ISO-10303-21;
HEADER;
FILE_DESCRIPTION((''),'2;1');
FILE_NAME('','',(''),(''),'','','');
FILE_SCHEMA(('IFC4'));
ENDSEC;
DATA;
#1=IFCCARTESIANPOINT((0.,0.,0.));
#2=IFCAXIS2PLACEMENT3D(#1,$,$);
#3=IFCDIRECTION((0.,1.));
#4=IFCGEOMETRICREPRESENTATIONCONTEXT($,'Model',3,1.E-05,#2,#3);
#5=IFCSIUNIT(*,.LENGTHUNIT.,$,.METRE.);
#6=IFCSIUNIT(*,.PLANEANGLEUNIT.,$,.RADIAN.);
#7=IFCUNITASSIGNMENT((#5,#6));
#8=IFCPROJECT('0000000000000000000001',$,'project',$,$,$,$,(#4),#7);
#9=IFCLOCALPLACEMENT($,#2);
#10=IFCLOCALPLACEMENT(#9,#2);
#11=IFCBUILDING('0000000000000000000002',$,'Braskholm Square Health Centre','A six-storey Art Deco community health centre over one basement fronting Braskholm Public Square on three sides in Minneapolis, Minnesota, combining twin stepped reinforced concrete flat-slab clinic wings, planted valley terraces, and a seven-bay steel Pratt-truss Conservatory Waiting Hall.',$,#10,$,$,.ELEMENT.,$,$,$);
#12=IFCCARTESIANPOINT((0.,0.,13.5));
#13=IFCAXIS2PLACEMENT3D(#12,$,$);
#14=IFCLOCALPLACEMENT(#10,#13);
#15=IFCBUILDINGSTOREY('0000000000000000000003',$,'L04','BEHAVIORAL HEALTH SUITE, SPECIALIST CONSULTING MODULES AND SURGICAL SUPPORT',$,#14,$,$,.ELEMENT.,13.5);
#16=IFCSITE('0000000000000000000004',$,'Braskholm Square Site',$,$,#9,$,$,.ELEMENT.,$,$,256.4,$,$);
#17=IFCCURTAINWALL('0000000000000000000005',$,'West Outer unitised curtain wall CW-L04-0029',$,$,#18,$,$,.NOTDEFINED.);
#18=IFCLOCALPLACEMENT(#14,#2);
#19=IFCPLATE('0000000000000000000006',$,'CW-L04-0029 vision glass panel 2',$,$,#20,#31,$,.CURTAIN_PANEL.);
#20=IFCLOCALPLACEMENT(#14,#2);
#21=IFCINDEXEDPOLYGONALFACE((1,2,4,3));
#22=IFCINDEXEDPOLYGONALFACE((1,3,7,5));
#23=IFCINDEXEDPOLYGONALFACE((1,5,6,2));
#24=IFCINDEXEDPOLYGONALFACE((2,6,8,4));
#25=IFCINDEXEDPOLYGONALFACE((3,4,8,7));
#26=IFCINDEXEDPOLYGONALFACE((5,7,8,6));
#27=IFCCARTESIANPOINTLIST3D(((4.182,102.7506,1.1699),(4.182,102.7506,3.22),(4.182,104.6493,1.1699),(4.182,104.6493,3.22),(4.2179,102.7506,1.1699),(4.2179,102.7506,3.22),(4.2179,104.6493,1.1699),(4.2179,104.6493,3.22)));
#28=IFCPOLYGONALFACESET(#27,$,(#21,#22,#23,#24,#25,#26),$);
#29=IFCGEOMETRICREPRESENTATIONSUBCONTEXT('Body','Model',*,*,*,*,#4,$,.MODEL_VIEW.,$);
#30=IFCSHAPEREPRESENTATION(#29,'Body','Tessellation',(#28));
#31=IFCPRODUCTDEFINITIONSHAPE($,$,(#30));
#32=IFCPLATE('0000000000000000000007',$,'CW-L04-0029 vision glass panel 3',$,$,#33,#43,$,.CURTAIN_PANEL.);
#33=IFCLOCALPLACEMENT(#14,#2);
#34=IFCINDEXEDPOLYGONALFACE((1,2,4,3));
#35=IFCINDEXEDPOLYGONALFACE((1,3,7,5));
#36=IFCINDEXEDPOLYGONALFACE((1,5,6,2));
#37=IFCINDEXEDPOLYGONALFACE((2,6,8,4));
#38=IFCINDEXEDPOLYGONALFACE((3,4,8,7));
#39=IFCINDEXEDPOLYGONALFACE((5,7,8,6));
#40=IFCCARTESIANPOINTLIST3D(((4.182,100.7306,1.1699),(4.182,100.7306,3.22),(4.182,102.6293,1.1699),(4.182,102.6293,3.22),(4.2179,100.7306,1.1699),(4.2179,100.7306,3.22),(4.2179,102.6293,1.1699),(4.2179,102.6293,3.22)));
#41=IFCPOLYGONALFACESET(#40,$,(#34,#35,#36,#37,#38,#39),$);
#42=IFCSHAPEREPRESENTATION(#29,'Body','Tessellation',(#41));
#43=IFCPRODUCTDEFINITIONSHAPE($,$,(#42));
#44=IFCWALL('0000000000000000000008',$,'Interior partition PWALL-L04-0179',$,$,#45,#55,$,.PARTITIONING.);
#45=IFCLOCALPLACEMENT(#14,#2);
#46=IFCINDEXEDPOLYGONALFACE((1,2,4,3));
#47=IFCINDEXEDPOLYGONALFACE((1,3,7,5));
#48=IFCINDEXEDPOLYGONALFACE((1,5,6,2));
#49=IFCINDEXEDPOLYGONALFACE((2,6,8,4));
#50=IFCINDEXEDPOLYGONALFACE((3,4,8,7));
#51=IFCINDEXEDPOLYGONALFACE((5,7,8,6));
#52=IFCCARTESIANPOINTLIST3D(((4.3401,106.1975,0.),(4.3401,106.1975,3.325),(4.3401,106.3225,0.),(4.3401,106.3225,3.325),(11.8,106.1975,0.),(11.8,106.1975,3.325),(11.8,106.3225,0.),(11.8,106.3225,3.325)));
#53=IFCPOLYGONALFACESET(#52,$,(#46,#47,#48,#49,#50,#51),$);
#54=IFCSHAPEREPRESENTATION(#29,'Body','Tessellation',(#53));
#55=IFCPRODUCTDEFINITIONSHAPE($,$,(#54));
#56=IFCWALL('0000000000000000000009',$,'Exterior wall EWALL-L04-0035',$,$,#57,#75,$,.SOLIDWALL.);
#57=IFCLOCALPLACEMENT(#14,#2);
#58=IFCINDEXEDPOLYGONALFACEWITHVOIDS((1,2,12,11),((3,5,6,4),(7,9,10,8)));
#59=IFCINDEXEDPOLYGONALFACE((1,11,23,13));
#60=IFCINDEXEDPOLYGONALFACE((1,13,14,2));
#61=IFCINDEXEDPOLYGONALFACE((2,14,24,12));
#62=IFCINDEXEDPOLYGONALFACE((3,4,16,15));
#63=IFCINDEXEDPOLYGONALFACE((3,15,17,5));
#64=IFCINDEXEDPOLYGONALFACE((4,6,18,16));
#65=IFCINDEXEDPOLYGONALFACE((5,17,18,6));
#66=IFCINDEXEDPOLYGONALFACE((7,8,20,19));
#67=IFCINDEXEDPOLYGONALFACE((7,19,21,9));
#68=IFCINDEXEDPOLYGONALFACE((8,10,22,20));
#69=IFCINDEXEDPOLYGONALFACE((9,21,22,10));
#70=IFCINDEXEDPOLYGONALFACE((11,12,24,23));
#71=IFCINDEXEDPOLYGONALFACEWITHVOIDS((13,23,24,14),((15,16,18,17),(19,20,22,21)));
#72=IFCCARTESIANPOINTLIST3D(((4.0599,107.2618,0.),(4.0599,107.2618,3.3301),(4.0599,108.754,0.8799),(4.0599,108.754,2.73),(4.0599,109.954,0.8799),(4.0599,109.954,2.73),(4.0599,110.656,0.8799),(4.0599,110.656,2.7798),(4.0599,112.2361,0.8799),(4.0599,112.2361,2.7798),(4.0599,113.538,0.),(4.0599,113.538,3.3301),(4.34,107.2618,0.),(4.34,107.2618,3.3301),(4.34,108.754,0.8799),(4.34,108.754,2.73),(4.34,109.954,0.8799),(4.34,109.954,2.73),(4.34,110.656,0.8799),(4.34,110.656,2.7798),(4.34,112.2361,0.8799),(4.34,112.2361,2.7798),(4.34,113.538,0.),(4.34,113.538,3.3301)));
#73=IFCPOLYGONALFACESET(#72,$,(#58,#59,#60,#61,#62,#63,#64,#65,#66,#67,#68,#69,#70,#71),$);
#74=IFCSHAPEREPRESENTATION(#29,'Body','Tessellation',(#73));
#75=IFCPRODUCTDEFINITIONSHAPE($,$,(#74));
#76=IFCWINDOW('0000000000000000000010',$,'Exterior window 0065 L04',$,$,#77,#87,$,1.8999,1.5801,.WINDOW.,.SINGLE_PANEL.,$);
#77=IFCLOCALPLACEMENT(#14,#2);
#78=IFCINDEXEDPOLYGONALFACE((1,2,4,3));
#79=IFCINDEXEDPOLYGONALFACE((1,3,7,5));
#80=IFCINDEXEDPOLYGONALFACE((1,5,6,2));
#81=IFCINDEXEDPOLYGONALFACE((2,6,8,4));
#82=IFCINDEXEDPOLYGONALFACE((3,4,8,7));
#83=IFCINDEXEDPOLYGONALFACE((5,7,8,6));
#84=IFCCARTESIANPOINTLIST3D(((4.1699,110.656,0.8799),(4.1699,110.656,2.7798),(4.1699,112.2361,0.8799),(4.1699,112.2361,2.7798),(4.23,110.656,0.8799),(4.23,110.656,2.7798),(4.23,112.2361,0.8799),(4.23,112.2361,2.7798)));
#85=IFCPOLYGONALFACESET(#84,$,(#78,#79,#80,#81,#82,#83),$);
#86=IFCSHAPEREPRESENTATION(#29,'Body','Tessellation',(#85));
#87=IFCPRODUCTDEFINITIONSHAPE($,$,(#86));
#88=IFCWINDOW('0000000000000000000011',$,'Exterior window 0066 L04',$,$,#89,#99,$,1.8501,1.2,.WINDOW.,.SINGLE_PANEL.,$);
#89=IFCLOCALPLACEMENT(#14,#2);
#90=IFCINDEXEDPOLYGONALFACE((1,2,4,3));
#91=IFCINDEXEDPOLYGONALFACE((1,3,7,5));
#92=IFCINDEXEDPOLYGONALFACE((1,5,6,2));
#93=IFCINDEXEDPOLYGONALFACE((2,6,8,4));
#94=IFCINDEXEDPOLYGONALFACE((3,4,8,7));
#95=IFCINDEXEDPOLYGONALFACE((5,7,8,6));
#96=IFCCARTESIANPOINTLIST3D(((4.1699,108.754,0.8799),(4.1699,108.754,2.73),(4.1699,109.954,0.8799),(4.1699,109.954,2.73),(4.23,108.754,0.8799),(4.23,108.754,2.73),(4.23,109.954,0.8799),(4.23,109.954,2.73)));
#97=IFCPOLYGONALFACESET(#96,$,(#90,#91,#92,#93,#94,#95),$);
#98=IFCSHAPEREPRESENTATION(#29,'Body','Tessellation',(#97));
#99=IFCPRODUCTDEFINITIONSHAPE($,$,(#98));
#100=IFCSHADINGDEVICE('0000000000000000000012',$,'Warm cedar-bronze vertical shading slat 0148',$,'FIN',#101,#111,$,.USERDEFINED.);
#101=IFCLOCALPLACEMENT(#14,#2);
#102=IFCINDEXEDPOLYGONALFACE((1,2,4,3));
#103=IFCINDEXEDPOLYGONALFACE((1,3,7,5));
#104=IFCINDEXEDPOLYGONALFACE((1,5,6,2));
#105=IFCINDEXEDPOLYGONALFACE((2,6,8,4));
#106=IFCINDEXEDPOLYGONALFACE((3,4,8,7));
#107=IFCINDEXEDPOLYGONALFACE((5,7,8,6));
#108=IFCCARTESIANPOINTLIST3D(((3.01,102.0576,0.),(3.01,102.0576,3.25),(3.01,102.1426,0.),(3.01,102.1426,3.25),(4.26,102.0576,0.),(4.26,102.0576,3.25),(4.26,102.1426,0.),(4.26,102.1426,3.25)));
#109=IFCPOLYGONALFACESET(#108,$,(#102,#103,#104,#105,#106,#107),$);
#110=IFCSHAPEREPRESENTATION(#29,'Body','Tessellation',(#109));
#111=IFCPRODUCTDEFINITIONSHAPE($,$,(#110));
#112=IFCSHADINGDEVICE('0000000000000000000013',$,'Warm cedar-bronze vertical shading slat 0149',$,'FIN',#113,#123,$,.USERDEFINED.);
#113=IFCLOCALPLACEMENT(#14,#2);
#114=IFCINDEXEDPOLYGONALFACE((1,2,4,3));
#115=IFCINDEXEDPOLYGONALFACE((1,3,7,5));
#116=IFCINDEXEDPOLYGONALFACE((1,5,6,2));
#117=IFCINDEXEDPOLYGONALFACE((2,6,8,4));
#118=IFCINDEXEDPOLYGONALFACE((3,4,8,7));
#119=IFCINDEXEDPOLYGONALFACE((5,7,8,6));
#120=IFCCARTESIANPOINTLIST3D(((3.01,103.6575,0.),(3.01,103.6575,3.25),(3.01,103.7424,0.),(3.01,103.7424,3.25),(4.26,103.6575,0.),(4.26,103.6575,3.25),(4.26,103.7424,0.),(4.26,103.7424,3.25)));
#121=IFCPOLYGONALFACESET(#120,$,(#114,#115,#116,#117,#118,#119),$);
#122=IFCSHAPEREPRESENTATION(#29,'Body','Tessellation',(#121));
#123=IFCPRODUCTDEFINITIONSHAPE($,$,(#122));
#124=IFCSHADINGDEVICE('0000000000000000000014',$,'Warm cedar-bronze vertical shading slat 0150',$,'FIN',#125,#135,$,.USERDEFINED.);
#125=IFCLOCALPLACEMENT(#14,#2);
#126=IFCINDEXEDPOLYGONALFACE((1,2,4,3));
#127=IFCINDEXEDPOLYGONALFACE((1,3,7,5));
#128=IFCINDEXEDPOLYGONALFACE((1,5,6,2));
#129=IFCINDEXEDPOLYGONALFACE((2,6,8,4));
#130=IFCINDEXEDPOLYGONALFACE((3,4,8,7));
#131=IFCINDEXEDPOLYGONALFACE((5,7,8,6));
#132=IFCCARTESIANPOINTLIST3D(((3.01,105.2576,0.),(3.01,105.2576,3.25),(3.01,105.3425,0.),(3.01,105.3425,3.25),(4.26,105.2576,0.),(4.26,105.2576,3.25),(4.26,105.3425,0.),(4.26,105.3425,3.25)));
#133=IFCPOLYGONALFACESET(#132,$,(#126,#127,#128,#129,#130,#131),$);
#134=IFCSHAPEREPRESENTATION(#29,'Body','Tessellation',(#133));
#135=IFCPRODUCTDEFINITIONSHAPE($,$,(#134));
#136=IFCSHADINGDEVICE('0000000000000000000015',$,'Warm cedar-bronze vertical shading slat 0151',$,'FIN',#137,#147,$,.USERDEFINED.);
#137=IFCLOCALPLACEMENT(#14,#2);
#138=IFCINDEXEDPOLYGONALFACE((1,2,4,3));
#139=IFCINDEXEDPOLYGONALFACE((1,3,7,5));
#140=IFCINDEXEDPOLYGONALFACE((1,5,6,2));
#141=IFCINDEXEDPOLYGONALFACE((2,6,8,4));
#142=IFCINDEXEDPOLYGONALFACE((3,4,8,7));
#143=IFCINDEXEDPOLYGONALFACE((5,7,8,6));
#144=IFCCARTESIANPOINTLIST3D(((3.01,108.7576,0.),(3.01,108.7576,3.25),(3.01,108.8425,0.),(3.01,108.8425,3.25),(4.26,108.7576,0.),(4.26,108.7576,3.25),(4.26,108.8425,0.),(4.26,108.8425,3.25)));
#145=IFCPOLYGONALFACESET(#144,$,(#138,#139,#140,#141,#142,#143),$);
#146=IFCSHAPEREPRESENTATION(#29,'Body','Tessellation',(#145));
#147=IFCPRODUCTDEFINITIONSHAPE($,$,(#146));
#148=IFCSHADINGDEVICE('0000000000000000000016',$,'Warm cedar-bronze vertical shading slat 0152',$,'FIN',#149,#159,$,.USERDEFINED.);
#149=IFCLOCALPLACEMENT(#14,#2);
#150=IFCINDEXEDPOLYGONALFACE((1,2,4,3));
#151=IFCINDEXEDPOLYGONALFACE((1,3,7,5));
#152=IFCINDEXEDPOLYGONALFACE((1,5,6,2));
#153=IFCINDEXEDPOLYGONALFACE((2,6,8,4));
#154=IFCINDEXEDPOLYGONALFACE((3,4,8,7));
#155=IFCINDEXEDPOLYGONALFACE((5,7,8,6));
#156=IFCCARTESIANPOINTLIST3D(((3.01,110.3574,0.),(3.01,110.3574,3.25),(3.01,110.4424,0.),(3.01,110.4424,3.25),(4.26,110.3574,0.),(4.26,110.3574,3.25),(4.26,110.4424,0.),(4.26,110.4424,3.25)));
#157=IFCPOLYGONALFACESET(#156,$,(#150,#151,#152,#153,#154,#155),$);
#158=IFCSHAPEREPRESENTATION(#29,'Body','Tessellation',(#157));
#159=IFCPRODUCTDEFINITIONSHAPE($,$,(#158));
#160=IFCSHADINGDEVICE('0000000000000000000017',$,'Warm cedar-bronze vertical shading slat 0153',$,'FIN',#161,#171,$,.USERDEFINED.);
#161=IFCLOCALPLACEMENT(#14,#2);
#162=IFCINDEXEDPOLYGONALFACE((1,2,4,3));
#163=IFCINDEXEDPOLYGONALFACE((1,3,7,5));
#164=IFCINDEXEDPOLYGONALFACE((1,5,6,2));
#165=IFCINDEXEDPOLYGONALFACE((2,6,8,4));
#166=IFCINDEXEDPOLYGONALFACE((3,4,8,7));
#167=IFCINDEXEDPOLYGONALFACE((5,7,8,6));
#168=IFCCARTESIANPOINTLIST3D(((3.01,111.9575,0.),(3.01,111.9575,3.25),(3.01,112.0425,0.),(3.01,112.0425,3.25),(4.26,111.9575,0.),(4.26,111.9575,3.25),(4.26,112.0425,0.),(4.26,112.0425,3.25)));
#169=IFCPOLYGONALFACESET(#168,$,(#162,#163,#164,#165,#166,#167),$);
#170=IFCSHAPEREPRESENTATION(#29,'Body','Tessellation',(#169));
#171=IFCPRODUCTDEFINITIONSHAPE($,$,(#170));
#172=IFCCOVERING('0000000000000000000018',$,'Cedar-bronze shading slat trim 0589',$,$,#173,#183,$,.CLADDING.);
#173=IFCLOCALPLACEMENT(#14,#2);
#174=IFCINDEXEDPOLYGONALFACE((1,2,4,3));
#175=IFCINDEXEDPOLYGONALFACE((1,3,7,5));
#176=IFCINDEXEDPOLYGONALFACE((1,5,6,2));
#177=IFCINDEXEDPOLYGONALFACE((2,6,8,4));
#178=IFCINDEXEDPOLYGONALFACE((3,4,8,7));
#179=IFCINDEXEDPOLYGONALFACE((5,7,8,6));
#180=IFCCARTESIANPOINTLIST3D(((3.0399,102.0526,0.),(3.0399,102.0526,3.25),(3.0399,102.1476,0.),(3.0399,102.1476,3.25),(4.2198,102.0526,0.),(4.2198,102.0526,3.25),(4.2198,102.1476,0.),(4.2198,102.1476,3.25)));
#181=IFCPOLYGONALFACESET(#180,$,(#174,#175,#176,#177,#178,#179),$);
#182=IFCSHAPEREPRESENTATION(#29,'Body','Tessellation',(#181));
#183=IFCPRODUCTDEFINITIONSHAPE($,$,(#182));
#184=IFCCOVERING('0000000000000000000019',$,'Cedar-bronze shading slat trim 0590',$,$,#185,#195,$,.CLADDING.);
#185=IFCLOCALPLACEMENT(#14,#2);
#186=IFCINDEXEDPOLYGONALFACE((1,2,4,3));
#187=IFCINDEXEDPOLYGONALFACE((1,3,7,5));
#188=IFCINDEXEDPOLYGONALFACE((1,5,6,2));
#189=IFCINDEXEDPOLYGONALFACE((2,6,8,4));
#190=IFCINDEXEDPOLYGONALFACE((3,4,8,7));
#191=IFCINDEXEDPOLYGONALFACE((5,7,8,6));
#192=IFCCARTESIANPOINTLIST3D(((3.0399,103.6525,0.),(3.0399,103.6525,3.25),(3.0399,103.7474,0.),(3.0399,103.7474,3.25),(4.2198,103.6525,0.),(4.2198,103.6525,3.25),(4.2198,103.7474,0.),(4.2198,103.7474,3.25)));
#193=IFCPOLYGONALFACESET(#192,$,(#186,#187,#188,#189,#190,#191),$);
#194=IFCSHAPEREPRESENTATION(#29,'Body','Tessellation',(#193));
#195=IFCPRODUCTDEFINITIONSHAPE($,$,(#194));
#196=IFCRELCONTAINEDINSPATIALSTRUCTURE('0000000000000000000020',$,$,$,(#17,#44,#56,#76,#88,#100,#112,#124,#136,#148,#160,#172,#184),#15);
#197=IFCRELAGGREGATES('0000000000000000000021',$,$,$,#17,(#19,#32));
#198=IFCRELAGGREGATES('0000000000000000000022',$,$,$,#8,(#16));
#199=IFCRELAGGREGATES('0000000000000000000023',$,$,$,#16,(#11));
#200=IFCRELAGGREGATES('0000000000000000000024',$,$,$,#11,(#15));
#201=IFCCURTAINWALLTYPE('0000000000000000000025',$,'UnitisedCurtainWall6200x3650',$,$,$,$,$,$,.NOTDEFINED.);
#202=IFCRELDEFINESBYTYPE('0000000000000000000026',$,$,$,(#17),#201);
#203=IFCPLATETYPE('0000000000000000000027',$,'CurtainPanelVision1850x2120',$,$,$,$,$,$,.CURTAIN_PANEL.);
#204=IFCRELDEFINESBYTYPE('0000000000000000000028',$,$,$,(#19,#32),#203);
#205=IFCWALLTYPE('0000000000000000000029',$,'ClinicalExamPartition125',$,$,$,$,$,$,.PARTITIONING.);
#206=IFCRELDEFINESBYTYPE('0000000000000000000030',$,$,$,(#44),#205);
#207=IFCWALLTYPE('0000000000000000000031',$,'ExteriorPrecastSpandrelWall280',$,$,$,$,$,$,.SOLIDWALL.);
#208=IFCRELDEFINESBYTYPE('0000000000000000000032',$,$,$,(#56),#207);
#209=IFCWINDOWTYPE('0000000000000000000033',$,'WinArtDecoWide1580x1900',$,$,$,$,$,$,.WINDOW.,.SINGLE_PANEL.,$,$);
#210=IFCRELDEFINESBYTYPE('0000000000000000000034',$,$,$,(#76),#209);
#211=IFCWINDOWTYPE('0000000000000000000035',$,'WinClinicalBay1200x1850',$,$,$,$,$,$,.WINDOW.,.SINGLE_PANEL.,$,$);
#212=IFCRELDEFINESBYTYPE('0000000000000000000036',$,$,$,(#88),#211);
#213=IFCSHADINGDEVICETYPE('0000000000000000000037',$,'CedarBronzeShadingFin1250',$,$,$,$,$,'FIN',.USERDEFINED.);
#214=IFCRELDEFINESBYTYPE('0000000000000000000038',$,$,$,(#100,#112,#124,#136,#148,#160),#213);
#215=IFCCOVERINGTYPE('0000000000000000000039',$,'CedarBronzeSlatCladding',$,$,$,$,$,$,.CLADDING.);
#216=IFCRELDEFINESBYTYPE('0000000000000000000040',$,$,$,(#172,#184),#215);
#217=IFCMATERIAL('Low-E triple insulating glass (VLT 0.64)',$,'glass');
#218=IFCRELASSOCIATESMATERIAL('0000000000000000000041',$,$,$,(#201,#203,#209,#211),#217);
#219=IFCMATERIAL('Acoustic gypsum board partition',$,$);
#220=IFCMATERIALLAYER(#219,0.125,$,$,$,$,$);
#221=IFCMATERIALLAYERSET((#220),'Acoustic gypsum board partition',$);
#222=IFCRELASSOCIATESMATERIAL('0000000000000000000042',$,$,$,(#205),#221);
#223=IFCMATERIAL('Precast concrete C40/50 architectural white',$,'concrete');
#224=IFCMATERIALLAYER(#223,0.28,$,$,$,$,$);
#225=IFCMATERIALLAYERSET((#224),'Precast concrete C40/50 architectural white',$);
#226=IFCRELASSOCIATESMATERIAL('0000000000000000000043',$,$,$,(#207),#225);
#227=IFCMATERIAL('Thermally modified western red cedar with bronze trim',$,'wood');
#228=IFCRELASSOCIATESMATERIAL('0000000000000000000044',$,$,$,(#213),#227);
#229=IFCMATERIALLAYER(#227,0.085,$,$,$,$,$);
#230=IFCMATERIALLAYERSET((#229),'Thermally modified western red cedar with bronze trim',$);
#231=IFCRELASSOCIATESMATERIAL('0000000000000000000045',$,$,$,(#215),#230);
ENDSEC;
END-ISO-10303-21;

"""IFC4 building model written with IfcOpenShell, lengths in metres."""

from ifc_helpers import new_model, si_unit, direction, frame, frame_2d, origin, origin_with_axes, origin_2d, place, context, subcontext, project, spatial, rectangle, extrude, material, layer, layer_set, type_object, element, fill, aggregate, save


model = new_model("IFC4")

# Units and contexts
model_context = context("Model", 3, precision=1e-05, world=origin(), true_north=direction((0.0, 1.0)))
body_context = subcontext(model_context, "Body", "Model", "MODEL_VIEW")
ifc_project = project(units=[si_unit("LENGTHUNIT", "METRE"), si_unit("PLANEANGLEUNIT", "RADIAN")], contexts=[model_context])

# Site, building, storey
site_placement = place(None, origin())
site = spatial("IfcSite", under=ifc_project, at=site_placement, Name="Braskholm Square Site", CompositionType="ELEMENT", RefElevation=256.4)
building_placement = place(site_placement, origin())
building = spatial("IfcBuilding", under=site, at=building_placement, Name="Braskholm Square Health Centre", Description="A six-storey Art Deco community health centre over one basement fronting Braskholm Public Square on three sides in Minneapolis, Minnesota, combining twin stepped reinforced concrete flat-slab clinic wings, planted valley terraces, and a seven-bay steel Pratt-truss Conservatory Waiting Hall.", CompositionType="ELEMENT")
storey_placement = place(building_placement, frame((0.0, 0.0, 13.5)))
storey = spatial("IfcBuildingStorey", under=building, at=storey_placement, Name="L04", Description="BEHAVIORAL HEALTH SUITE, SPECIALIST CONSULTING MODULES AND SURGICAL SUPPORT", CompositionType="ELEMENT", Elevation=13.5)

# Shared definitions
ifc_material_1 = material(Name="Precast concrete C40/50 architectural white", Category="concrete")

# Curtain wall
ifc_material_2 = material(Name="Low-E triple insulating glass (VLT 0.64)", Category="glass")
curtain_wall_type = type_object("IfcCurtainWallType", Name="UnitisedCurtainWall6200x3650", PredefinedType="NOTDEFINED", material=ifc_material_2)
curtain_wall_placement = place(storey_placement, origin())
curtain_wall = element("IfcCurtainWall", 1, at=curtain_wall_placement, inside=storey, type_object=curtain_wall_type, Name="West Outer unitised curtain wall CW-L04-0029", PredefinedType="NOTDEFINED")

# Plates
plate_type_1 = type_object("IfcPlateType", Name="CurtainPanelVision1850x2120", PredefinedType="CURTAIN_PANEL", material=ifc_material_2)
plate_1_placement = place(storey_placement, frame((4.2, 103.7, 1.1699), z_axis=(0.0, 0.0, 1.0), x_axis=(0.0, -1.0, 0.0)))
plate_1 = element("IfcPlate", 2, at=plate_1_placement, type_object=plate_type_1, Name="CW-L04-0029 vision glass panel 2", PredefinedType="CURTAIN_PANEL", context=body_context, shape_type="SweptSolid", body=[
    extrude(rectangle(XDim=1.8987, YDim=0.0359, at=origin_2d()), origin(), (0.0, 0.0, 1.0), 2.05),
])
plate_2_placement = place(storey_placement, frame((4.2, 101.6799, 1.1699), z_axis=(0.0, 0.0, 1.0), x_axis=(0.0, -1.0, 0.0)))
plate_2 = element("IfcPlate", 3, at=plate_2_placement, type_object=plate_type_1, Name="CW-L04-0029 vision glass panel 3", PredefinedType="CURTAIN_PANEL", context=body_context, shape_type="SweptSolid", body=[
    extrude(rectangle(XDim=1.8987, YDim=0.0359, at=origin_2d()), origin(), (0.0, 0.0, 1.0), 2.05),
])
aggregate(curtain_wall, [plate_1, plate_2])

# Wall
ifc_material_3 = material(Name="Acoustic gypsum board partition")
ifc_layer_1 = layer(ifc_material_3, 0.125)
ifc_layer_set_1 = layer_set([ifc_layer_1], Name="Acoustic gypsum board partition")
wall_type_1 = type_object("IfcWallType", Name="ClinicalExamPartition125", PredefinedType="PARTITIONING", material=ifc_layer_set_1)
wall_1_placement = place(storey_placement, frame((4.3401, 106.26, 0.0), z_axis=(0.0, 0.0, 1.0), x_axis=(1.0, 0.0, 0.0)))
element("IfcWall", 4, at=wall_1_placement, inside=storey, type_object=wall_type_1, Name="Interior partition PWALL-L04-0179", PredefinedType="PARTITIONING", context=body_context, shape_type="SweptSolid", body=[
    extrude(rectangle(XDim=7.46, YDim=0.125, at=frame_2d((3.73, 0.0))), origin(), (0.0, 0.0, 1.0), 3.325),
])

# Wall, openings, windows
ifc_layer_2 = layer(ifc_material_1, 0.28)
ifc_layer_set_2 = layer_set([ifc_layer_2], Name="Precast concrete C40/50 architectural white")
wall_type_2 = type_object("IfcWallType", Name="ExteriorPrecastSpandrelWall280", PredefinedType="SOLIDWALL", material=ifc_layer_set_2)
wall_2_placement = place(storey_placement, frame((4.2, 113.5381, 0.0), z_axis=(0.0, 0.0, 1.0), x_axis=(0.0, -1.0, 0.0)))
wall_2 = element("IfcWall", 5, at=wall_2_placement, inside=storey, type_object=wall_type_2, Name="Exterior wall EWALL-L04-0035", PredefinedType="SOLIDWALL", context=body_context, shape_type="SweptSolid", body=[
    extrude(rectangle(XDim=6.2761, YDim=0.28, at=frame_2d((3.1382, 0.0))), origin(), (0.0, 0.0, 1.0), 3.3301),
])
opening_1_placement = place(wall_2_placement, frame((1.302, 0.0, 0.8799)))
opening_1 = element("IfcOpeningElement", 6, at=opening_1_placement, cuts=wall_2, PredefinedType="OPENING", context=body_context, shape_type="SweptSolid", body=[
    extrude(rectangle(XDim=1.5801, YDim=1.8999, at=frame_2d((0.79, 0.95))), frame((0.0, 0.1499, 0.0), z_axis=(0.0, -1.0, 0.0), x_axis=(1.0, 0.0, 0.0)), (0.0, 0.0, 1.0), 0.3),
])
opening_2_placement = place(wall_2_placement, frame((3.584, 0.0, 0.8799)))
opening_2 = element("IfcOpeningElement", 7, at=opening_2_placement, cuts=wall_2, PredefinedType="OPENING", context=body_context, shape_type="SweptSolid", body=[
    extrude(rectangle(XDim=1.2, YDim=1.8501, at=frame_2d((0.6001, 0.925))), frame((0.0, 0.1499, 0.0), z_axis=(0.0, -1.0, 0.0), x_axis=(1.0, 0.0, 0.0)), (0.0, 0.0, 1.0), 0.3),
])
window_type_1 = type_object("IfcWindowType", Name="WinArtDecoWide1580x1900", PartitioningType="SINGLE_PANEL", PredefinedType="WINDOW", material=ifc_material_2)
window_1_placement = place(opening_1_placement, origin_with_axes())
window_1 = element("IfcWindow", 8, at=window_1_placement, inside=storey, type_object=window_type_1, Name="Exterior window 0065 L04", OverallHeight=1.8999, OverallWidth=1.5801, PartitioningType="SINGLE_PANEL", PredefinedType="WINDOW", context=body_context, shape_type="SweptSolid", body=[
    extrude(rectangle(XDim=1.5801, YDim=1.8999, at=frame_2d((0.79, 0.95))), frame((0.0, 0.03, 0.0), z_axis=(0.0, -1.0, 0.0), x_axis=(1.0, 0.0, 0.0)), (0.0, 0.0, 1.0), 0.0601),
])
fill(opening_1, window_1)
window_type_2 = type_object("IfcWindowType", Name="WinClinicalBay1200x1850", PartitioningType="SINGLE_PANEL", PredefinedType="WINDOW", material=ifc_material_2)
window_2_placement = place(opening_2_placement, origin_with_axes())
window_2 = element("IfcWindow", 9, at=window_2_placement, inside=storey, type_object=window_type_2, Name="Exterior window 0066 L04", OverallHeight=1.8501, OverallWidth=1.2, PartitioningType="SINGLE_PANEL", PredefinedType="WINDOW", context=body_context, shape_type="SweptSolid", body=[
    extrude(rectangle(XDim=1.2, YDim=1.8501, at=frame_2d((0.6001, 0.925))), frame((0.0, 0.03, 0.0), z_axis=(0.0, -1.0, 0.0), x_axis=(1.0, 0.0, 0.0)), (0.0, 0.0, 1.0), 0.0601),
])
fill(opening_2, window_2)

# Shading devices
ifc_material_4 = material(Name="Thermally modified western red cedar with bronze trim", Category="wood")
shading_device_type = type_object("IfcShadingDeviceType", Name="CedarBronzeShadingFin1250", ElementType="FIN", PredefinedType="USERDEFINED", material=ifc_material_4)
for number, where, z_axis, x_axis, name in (
    (10, (3.635, 102.1001, 0.0), (0.0, 0.0, 1.0), (1.0, 0.0, 0.0), "Warm cedar-bronze vertical shading slat 0148"),
    (11, (3.635, 103.7, 0.0), (0.0, 0.0, 1.0), (1.0, 0.0, 0.0), "Warm cedar-bronze vertical shading slat 0149"),
    (12, (3.635, 105.3, 0.0), (0.0, 0.0, 1.0), (1.0, 0.0, 0.0), "Warm cedar-bronze vertical shading slat 0150"),
    (13, (3.635, 108.8, 0.0), (0.0, 0.0, 1.0), (1.0, 0.0, 0.0), "Warm cedar-bronze vertical shading slat 0151"),
    (14, (3.635, 110.3999, 0.0), (0.0, 0.0, 1.0), (1.0, 0.0, 0.0), "Warm cedar-bronze vertical shading slat 0152"),
    (15, (3.635, 112.0, 0.0), (0.0, 0.0, 1.0), (1.0, 0.0, 0.0), "Warm cedar-bronze vertical shading slat 0153"),
):
    element("IfcShadingDevice", number, at=place(storey_placement, frame(where, z_axis=z_axis, x_axis=x_axis)), inside=storey, type_object=shading_device_type, Name=name, ObjectType="FIN", PredefinedType="USERDEFINED", context=body_context, shape_type="SweptSolid", body=[
        extrude(rectangle(XDim=1.25, YDim=0.085, at=origin_2d()), origin(), (0.0, 0.0, 1.0), 3.25),
    ])

# Coverings
ifc_layer_3 = layer(ifc_material_4, 0.085)
ifc_layer_set_3 = layer_set([ifc_layer_3], Name="Thermally modified western red cedar with bronze trim")
covering_type_1 = type_object("IfcCoveringType", Name="CedarBronzeSlatCladding", PredefinedType="CLADDING", material=ifc_layer_set_3)
for number, where, z_axis, x_axis, name in (
    (16, (3.6299, 102.1001, 0.0), (0.0, 0.0, 1.0), (1.0, 0.0, 0.0), "Cedar-bronze shading slat trim 0589"),
    (17, (3.6299, 103.7, 0.0), (0.0, 0.0, 1.0), (1.0, 0.0, 0.0), "Cedar-bronze shading slat trim 0590"),
):
    element("IfcCovering", number, at=place(storey_placement, frame(where, z_axis=z_axis, x_axis=x_axis)), inside=storey, type_object=covering_type_1, Name=name, PredefinedType="CLADDING", context=body_context, shape_type="SweptSolid", body=[
        extrude(rectangle(XDim=1.1799, YDim=0.095, at=origin_2d()), origin(), (0.0, 0.0, 1.0), 3.25),
    ])

save(model, "model.ifc")
